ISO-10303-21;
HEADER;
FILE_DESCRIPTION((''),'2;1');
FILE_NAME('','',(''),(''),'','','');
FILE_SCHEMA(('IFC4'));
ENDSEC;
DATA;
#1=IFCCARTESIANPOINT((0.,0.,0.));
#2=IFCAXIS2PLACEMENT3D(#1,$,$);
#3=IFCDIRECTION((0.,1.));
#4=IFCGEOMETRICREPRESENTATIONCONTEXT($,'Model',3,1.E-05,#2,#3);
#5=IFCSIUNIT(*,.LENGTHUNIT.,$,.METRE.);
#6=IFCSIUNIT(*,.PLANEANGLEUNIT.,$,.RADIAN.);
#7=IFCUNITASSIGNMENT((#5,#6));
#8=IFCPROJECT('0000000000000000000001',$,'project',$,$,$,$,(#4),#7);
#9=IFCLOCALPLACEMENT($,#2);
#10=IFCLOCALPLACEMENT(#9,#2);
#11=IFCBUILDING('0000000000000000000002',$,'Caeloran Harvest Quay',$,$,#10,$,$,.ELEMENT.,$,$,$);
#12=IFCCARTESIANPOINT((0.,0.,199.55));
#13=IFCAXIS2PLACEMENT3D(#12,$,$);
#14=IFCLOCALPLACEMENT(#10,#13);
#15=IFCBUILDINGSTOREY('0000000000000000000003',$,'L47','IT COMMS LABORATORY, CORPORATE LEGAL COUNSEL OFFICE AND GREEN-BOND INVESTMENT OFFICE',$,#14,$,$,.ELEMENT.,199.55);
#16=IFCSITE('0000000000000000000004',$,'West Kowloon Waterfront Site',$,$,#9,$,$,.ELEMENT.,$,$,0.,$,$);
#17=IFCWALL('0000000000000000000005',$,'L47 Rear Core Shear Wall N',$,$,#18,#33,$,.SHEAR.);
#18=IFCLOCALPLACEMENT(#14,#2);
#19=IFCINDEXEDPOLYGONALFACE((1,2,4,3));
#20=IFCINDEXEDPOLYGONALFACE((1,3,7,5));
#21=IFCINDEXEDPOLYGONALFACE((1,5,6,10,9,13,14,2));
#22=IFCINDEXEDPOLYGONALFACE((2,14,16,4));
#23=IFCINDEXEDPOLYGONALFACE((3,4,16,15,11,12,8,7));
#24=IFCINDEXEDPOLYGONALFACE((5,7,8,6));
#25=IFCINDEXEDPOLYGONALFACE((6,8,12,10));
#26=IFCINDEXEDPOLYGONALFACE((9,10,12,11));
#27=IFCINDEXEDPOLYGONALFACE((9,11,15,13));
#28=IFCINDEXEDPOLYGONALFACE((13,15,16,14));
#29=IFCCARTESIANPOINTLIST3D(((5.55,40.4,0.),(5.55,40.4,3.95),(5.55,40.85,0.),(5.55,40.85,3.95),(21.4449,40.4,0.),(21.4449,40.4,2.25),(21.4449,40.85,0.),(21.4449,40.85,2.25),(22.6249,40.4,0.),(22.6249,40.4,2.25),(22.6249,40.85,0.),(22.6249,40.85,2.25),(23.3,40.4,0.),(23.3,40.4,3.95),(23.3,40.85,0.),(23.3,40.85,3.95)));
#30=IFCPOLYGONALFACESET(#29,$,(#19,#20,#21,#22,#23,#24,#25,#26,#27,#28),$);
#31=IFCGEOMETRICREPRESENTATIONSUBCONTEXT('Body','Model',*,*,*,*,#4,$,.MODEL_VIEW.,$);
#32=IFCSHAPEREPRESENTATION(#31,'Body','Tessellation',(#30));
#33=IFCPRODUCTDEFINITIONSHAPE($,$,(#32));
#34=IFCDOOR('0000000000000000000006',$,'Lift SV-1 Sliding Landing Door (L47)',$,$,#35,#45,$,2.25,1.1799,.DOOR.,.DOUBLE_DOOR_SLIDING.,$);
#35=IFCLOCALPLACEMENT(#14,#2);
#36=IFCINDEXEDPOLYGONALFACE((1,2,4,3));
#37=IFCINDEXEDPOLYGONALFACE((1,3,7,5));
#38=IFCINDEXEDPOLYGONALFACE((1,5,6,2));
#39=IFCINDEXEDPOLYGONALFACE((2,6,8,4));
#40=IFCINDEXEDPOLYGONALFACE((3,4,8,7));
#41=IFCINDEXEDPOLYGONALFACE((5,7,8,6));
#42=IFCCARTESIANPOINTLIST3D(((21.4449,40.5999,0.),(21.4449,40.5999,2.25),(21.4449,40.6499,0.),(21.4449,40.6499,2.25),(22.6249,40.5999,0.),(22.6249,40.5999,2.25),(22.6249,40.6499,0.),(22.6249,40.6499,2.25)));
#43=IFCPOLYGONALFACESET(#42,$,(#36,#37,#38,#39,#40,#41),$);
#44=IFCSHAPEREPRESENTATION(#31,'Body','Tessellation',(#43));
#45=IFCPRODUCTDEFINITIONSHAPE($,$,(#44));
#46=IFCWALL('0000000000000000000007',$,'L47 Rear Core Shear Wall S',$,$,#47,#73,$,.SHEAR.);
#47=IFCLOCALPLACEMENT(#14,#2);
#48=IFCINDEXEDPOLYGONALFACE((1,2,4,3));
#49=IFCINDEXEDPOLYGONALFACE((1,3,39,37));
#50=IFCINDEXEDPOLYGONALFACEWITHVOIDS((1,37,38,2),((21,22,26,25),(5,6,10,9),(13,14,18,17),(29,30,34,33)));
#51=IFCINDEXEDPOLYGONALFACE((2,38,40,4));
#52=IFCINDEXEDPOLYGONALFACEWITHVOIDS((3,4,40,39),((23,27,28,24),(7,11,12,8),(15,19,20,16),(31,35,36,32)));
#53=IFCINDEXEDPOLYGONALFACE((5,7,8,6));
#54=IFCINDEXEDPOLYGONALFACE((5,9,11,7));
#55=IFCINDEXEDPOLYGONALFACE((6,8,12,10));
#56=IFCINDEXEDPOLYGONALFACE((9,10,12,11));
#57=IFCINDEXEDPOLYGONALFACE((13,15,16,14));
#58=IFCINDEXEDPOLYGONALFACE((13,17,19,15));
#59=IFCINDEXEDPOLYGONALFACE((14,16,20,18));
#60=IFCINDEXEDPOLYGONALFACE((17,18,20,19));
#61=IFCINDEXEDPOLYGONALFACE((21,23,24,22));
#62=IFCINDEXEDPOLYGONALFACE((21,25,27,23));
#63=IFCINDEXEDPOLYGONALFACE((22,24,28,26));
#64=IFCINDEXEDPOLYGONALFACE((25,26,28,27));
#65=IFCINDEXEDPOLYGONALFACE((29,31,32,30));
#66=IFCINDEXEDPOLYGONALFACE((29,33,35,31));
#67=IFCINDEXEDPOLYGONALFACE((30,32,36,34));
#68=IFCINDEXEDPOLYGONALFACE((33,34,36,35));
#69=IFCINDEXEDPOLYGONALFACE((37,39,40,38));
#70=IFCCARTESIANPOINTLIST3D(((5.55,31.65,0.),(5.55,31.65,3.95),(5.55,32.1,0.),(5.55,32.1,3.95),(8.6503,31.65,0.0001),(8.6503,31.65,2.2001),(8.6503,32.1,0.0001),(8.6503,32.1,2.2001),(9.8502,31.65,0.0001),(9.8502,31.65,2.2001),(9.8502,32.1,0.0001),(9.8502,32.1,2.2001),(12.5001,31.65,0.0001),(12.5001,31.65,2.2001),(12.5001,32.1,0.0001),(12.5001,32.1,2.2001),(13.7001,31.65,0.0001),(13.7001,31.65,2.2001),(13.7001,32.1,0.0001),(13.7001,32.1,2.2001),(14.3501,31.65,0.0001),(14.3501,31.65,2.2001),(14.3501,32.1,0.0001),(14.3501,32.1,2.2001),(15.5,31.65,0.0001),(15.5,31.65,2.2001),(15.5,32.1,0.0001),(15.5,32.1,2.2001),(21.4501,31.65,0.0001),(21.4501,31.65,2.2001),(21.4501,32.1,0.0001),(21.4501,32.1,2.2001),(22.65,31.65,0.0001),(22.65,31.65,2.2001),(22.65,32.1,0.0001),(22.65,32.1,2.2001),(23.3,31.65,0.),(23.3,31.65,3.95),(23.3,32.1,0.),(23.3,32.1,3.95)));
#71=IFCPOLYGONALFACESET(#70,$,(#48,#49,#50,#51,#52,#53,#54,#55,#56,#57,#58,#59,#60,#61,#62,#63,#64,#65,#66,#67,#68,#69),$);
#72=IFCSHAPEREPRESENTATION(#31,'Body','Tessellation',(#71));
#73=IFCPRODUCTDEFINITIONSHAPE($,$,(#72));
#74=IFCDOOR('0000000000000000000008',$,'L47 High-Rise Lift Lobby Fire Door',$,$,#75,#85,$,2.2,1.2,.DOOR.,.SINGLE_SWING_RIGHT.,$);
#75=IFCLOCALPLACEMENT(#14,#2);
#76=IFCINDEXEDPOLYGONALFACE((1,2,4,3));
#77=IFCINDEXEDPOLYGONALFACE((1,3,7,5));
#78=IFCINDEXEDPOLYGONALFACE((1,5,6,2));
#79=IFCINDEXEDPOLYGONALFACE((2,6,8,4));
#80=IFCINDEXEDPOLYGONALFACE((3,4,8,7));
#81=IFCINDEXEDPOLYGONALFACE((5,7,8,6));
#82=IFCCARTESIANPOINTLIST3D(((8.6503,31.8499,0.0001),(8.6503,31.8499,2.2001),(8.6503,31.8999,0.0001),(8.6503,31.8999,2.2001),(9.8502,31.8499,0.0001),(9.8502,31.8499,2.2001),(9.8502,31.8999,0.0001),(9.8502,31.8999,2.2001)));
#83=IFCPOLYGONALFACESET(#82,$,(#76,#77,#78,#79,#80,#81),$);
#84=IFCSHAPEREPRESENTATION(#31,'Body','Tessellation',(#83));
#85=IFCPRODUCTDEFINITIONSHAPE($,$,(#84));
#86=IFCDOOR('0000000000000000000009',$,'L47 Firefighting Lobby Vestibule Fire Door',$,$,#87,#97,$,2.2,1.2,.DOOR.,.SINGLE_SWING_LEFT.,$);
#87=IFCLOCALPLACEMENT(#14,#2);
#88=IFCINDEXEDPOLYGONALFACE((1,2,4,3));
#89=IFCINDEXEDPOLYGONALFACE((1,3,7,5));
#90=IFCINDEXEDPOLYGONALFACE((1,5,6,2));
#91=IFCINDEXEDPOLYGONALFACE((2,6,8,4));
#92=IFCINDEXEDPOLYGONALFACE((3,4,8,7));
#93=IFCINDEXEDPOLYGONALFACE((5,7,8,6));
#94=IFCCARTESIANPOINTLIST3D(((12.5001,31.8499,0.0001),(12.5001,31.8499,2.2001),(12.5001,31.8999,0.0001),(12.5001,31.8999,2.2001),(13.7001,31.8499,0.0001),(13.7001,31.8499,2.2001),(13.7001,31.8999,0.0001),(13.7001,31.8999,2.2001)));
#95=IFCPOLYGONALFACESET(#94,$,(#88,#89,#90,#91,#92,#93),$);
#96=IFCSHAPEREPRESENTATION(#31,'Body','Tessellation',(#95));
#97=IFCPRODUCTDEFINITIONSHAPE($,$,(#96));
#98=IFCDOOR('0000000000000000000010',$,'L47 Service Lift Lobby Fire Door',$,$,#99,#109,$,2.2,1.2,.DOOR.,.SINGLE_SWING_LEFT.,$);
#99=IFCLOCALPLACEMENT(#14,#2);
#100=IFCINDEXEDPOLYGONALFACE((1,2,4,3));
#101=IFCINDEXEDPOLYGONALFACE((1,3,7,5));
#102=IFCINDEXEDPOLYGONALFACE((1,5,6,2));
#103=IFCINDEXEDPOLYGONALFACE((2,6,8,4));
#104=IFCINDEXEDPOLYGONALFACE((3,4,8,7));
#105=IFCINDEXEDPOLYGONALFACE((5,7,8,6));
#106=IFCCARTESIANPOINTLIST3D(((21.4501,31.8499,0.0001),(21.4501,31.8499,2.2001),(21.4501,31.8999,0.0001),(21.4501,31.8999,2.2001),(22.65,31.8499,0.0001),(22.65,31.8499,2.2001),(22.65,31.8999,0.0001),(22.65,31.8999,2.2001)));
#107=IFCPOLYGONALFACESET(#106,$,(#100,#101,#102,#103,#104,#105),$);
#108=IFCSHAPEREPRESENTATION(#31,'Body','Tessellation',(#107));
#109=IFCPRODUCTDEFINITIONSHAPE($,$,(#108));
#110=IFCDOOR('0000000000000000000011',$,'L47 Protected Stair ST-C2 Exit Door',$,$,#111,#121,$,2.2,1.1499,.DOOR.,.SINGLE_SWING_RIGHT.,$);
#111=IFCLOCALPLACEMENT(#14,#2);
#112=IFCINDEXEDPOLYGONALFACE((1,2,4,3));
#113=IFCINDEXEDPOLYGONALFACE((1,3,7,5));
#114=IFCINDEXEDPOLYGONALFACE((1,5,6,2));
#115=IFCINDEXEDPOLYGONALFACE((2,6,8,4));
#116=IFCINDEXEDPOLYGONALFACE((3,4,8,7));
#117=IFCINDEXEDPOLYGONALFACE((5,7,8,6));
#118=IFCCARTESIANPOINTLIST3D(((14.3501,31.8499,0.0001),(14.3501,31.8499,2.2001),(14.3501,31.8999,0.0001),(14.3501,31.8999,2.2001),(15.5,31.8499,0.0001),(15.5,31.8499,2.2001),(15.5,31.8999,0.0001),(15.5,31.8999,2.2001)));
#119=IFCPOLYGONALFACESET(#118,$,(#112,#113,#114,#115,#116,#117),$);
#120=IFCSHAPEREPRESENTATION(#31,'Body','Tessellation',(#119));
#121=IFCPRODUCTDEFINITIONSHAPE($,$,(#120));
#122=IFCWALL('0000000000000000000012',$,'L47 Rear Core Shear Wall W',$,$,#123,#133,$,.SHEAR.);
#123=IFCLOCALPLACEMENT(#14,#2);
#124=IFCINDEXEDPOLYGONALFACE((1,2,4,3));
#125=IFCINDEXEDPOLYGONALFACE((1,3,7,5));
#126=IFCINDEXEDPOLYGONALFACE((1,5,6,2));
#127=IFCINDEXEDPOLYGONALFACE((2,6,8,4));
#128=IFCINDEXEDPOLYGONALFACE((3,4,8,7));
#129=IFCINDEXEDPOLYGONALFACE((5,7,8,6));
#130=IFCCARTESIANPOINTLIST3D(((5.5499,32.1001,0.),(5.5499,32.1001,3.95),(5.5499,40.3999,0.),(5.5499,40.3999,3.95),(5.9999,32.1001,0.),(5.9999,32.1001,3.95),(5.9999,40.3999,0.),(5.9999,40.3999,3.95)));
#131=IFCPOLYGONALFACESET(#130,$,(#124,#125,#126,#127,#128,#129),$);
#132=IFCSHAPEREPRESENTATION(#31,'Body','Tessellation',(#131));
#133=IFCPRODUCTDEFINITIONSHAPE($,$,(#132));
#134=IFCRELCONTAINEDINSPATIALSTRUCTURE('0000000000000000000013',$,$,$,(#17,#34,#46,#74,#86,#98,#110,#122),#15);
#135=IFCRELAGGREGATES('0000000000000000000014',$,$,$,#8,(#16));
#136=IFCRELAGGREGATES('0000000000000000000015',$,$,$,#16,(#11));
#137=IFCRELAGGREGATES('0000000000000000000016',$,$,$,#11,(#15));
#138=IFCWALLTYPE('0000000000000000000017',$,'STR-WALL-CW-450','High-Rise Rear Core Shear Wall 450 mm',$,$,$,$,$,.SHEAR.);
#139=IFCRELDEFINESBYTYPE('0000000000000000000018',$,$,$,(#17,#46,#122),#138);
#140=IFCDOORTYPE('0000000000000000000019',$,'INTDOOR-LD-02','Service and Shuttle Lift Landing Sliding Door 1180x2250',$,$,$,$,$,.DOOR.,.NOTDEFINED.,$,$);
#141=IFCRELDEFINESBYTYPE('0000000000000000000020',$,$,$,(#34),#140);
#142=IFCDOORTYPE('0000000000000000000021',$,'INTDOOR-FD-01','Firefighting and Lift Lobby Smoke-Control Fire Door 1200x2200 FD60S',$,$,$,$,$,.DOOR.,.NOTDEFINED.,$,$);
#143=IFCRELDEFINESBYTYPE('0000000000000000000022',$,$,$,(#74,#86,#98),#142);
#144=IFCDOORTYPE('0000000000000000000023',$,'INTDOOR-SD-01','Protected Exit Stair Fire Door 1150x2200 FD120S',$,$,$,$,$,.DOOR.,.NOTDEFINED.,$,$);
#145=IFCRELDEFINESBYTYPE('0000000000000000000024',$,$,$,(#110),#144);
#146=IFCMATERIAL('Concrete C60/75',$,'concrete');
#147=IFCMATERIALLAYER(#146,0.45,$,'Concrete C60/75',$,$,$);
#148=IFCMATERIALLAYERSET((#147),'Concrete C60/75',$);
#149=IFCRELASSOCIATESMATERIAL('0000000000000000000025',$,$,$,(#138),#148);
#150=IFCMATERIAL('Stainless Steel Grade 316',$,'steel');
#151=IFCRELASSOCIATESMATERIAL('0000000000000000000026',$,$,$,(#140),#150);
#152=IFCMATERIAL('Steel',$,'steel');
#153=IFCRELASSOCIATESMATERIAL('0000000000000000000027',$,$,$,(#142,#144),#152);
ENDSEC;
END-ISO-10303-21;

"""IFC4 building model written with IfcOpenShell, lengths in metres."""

from ifc_helpers import new_model, si_unit, direction, frame, frame_2d, origin, place, context, subcontext, project, spatial, rectangle, extrude, material, layer, layer_set, type_object, element, fill, save


model = new_model("IFC4")

# Units and contexts
model_context = context("Model", 3, precision=1e-05, world=origin(), true_north=direction((0.0, 1.0)))
body_context = subcontext(model_context, "Body", "Model", "MODEL_VIEW")
ifc_project = project(units=[si_unit("LENGTHUNIT", "METRE"), si_unit("PLANEANGLEUNIT", "RADIAN")], contexts=[model_context])

# Site, building, storey
site_placement = place(None, origin())
site = spatial("IfcSite", under=ifc_project, at=site_placement, Name="West Kowloon Waterfront Site", CompositionType="ELEMENT", RefElevation=0.0)
building_placement = place(site_placement, origin())
building = spatial("IfcBuilding", under=site, at=building_placement, Name="Caeloran Harvest Quay", CompositionType="ELEMENT")
storey_placement = place(building_placement, frame((0.0, 0.0, 199.55)))
storey = spatial("IfcBuildingStorey", under=building, at=storey_placement, Name="L47", Description="IT COMMS LABORATORY, CORPORATE LEGAL COUNSEL OFFICE AND GREEN-BOND INVESTMENT OFFICE", CompositionType="ELEMENT", Elevation=199.55)

# Shared definitions
ifc_material_1 = material(Name="Concrete C60/75", Category="concrete")

# Shared definitions
ifc_material_2 = material(Name="Stainless Steel Grade 316", Category="steel")

# Wall, opening, door
ifc_layer_1 = layer(ifc_material_1, 0.45, Name="Concrete C60/75")
ifc_layer_set_1 = layer_set([ifc_layer_1], Name="Concrete C60/75")
wall_type_1 = type_object("IfcWallType", Name="STR-WALL-CW-450", Description="High-Rise Rear Core Shear Wall 450 mm", PredefinedType="SHEAR", material=ifc_layer_set_1)
wall_1_placement = place(storey_placement, frame((5.55, 40.625, 0.0), z_axis=(0.0, 0.0, 1.0), x_axis=(1.0, 0.0, 0.0)))
wall_1 = element("IfcWall", 1, at=wall_1_placement, inside=storey, type_object=wall_type_1, Name="L47 Rear Core Shear Wall N", PredefinedType="SHEAR", context=body_context, shape_type="SweptSolid", body=[
    extrude(rectangle(XDim=17.75, YDim=0.45, at=frame_2d((8.875, 0.0))), origin(), (0.0, 0.0, 1.0), 3.95),
])
opening_1_placement = place(wall_1_placement, frame((15.895, 0.0, 0.0)))
opening_1 = element("IfcOpeningElement", 2, at=opening_1_placement, cuts=wall_1, PredefinedType="OPENING", context=body_context, shape_type="SweptSolid", body=[
    extrude(rectangle(XDim=1.1799, YDim=2.25, at=frame_2d((0.5898, 1.125))), frame((0.0, 0.2349, 0.0), z_axis=(0.0, -1.0, 0.0), x_axis=(1.0, 0.0, 0.0)), (0.0, 0.0, 1.0), 0.47),
])
door_type_1 = type_object("IfcDoorType", Name="INTDOOR-LD-02", Description="Service and Shuttle Lift Landing Sliding Door 1180x2250", OperationType="NOTDEFINED", PredefinedType="DOOR", material=ifc_material_2)
door_1_placement = place(opening_1_placement, origin())
door_1 = element("IfcDoor", 3, at=door_1_placement, inside=storey, type_object=door_type_1, Name="Lift SV-1 Sliding Landing Door (L47)", OperationType="DOUBLE_DOOR_SLIDING", OverallHeight=2.25, OverallWidth=1.1799, PredefinedType="DOOR", context=body_context, shape_type="SweptSolid", body=[
    extrude(rectangle(XDim=1.1799, YDim=2.25, at=frame_2d((0.5898, 1.125))), frame((0.0, 0.0249, 0.0), z_axis=(0.0, -1.0, 0.0), x_axis=(1.0, 0.0, 0.0)), (0.0, 0.0, 1.0), 0.05),
])
fill(opening_1, door_1)

# Wall, openings, doors
wall_2_placement = place(storey_placement, frame((5.55, 31.875, 0.0), z_axis=(0.0, 0.0, 1.0), x_axis=(1.0, 0.0, 0.0)))
wall_2 = element("IfcWall", 4, at=wall_2_placement, inside=storey, type_object=wall_type_1, Name="L47 Rear Core Shear Wall S", PredefinedType="SHEAR", context=body_context, shape_type="SweptSolid", body=[
    extrude(rectangle(XDim=17.75, YDim=0.45, at=frame_2d((8.875, 0.0))), origin(), (0.0, 0.0, 1.0), 3.95),
])
opening_2_placement = place(wall_2_placement, frame((3.1001, 0.0, 0.0)))
opening_2 = element("IfcOpeningElement", 5, at=opening_2_placement, cuts=wall_2, PredefinedType="OPENING", context=body_context, shape_type="SweptSolid", body=[
    extrude(rectangle(XDim=1.2, YDim=2.2, at=frame_2d((0.6001, 1.1001))), frame((0.0, 0.2349, 0.0), z_axis=(0.0, -1.0, 0.0), x_axis=(1.0, 0.0, 0.0)), (0.0, 0.0, 1.0), 0.47),
])
opening_3_placement = place(wall_2_placement, frame((6.95, 0.0, 0.0)))
opening_3 = element("IfcOpeningElement", 6, at=opening_3_placement, cuts=wall_2, PredefinedType="OPENING", context=body_context, shape_type="SweptSolid", body=[
    extrude(rectangle(XDim=1.2, YDim=2.2, at=frame_2d((0.6001, 1.1001))), frame((0.0, 0.2349, 0.0), z_axis=(0.0, -1.0, 0.0), x_axis=(1.0, 0.0, 0.0)), (0.0, 0.0, 1.0), 0.47),
])
opening_4_placement = place(wall_2_placement, frame((8.8, 0.0, 0.0)))
opening_4 = element("IfcOpeningElement", 7, at=opening_4_placement, cuts=wall_2, PredefinedType="OPENING", context=body_context, shape_type="SweptSolid", body=[
    extrude(rectangle(XDim=1.1499, YDim=2.2, at=frame_2d((0.575, 1.1001))), frame((0.0, 0.2349, 0.0), z_axis=(0.0, -1.0, 0.0), x_axis=(1.0, 0.0, 0.0)), (0.0, 0.0, 1.0), 0.47),
])
opening_5_placement = place(wall_2_placement, frame((15.8999, 0.0, 0.0)))
opening_5 = element("IfcOpeningElement", 8, at=opening_5_placement, cuts=wall_2, PredefinedType="OPENING", context=body_context, shape_type="SweptSolid", body=[
    extrude(rectangle(XDim=1.2, YDim=2.2, at=frame_2d((0.6001, 1.1001))), frame((0.0, 0.2349, 0.0), z_axis=(0.0, -1.0, 0.0), x_axis=(1.0, 0.0, 0.0)), (0.0, 0.0, 1.0), 0.47),
])
ifc_material_3 = material(Name="Steel", Category="steel")
door_type_2 = type_object("IfcDoorType", Name="INTDOOR-FD-01", Description="Firefighting and Lift Lobby Smoke-Control Fire Door 1200x2200 FD60S", OperationType="NOTDEFINED", PredefinedType="DOOR", material=ifc_material_3)
door_2_placement = place(opening_2_placement, origin())
door_2 = element("IfcDoor", 9, at=door_2_placement, inside=storey, type_object=door_type_2, Name="L47 High-Rise Lift Lobby Fire Door", OperationType="SINGLE_SWING_RIGHT", OverallHeight=2.2, OverallWidth=1.2, PredefinedType="DOOR", context=body_context, shape_type="SweptSolid", body=[
    extrude(rectangle(XDim=1.2, YDim=2.2, at=frame_2d((0.6001, 1.1001))), frame((0.0, 0.0249, 0.0), z_axis=(0.0, -1.0, 0.0), x_axis=(1.0, 0.0, 0.0)), (0.0, 0.0, 1.0), 0.05),
])
fill(opening_2, door_2)
door_3_placement = place(opening_3_placement, origin())
door_3 = element("IfcDoor", 10, at=door_3_placement, inside=storey, type_object=door_type_2, Name="L47 Firefighting Lobby Vestibule Fire Door", OperationType="SINGLE_SWING_LEFT", OverallHeight=2.2, OverallWidth=1.2, PredefinedType="DOOR", context=body_context, shape_type="SweptSolid", body=[
    extrude(rectangle(XDim=1.2, YDim=2.2, at=frame_2d((0.6001, 1.1001))), frame((0.0, 0.0249, 0.0), z_axis=(0.0, -1.0, 0.0), x_axis=(1.0, 0.0, 0.0)), (0.0, 0.0, 1.0), 0.05),
])
fill(opening_3, door_3)
door_4_placement = place(opening_5_placement, origin())
door_4 = element("IfcDoor", 11, at=door_4_placement, inside=storey, type_object=door_type_2, Name="L47 Service Lift Lobby Fire Door", OperationType="SINGLE_SWING_LEFT", OverallHeight=2.2, OverallWidth=1.2, PredefinedType="DOOR", context=body_context, shape_type="SweptSolid", body=[
    extrude(rectangle(XDim=1.2, YDim=2.2, at=frame_2d((0.6001, 1.1001))), frame((0.0, 0.0249, 0.0), z_axis=(0.0, -1.0, 0.0), x_axis=(1.0, 0.0, 0.0)), (0.0, 0.0, 1.0), 0.05),
])
fill(opening_5, door_4)
door_type_3 = type_object("IfcDoorType", Name="INTDOOR-SD-01", Description="Protected Exit Stair Fire Door 1150x2200 FD120S", OperationType="NOTDEFINED", PredefinedType="DOOR", material=ifc_material_3)
door_5_placement = place(opening_4_placement, origin())
door_5 = element("IfcDoor", 12, at=door_5_placement, inside=storey, type_object=door_type_3, Name="L47 Protected Stair ST-C2 Exit Door", OperationType="SINGLE_SWING_RIGHT", OverallHeight=2.2, OverallWidth=1.1499, PredefinedType="DOOR", context=body_context, shape_type="SweptSolid", body=[
    extrude(rectangle(XDim=1.1499, YDim=2.2, at=frame_2d((0.575, 1.1001))), frame((0.0, 0.0249, 0.0), z_axis=(0.0, -1.0, 0.0), x_axis=(1.0, 0.0, 0.0)), (0.0, 0.0, 1.0), 0.05),
])
fill(opening_4, door_5)

# Wall
wall_3_placement = place(storey_placement, frame((5.7749, 32.1001, 0.0), z_axis=(0.0, 0.0, 1.0), x_axis=(0.0, 1.0, 0.0)))
element("IfcWall", 13, at=wall_3_placement, inside=storey, type_object=wall_type_1, Name="L47 Rear Core Shear Wall W", PredefinedType="SHEAR", context=body_context, shape_type="SweptSolid", body=[
    extrude(rectangle(XDim=8.2998, YDim=0.45, at=frame_2d((4.1499, 0.0))), origin(), (0.0, 0.0, 1.0), 3.95),
])

save(model, "model.ifc")
